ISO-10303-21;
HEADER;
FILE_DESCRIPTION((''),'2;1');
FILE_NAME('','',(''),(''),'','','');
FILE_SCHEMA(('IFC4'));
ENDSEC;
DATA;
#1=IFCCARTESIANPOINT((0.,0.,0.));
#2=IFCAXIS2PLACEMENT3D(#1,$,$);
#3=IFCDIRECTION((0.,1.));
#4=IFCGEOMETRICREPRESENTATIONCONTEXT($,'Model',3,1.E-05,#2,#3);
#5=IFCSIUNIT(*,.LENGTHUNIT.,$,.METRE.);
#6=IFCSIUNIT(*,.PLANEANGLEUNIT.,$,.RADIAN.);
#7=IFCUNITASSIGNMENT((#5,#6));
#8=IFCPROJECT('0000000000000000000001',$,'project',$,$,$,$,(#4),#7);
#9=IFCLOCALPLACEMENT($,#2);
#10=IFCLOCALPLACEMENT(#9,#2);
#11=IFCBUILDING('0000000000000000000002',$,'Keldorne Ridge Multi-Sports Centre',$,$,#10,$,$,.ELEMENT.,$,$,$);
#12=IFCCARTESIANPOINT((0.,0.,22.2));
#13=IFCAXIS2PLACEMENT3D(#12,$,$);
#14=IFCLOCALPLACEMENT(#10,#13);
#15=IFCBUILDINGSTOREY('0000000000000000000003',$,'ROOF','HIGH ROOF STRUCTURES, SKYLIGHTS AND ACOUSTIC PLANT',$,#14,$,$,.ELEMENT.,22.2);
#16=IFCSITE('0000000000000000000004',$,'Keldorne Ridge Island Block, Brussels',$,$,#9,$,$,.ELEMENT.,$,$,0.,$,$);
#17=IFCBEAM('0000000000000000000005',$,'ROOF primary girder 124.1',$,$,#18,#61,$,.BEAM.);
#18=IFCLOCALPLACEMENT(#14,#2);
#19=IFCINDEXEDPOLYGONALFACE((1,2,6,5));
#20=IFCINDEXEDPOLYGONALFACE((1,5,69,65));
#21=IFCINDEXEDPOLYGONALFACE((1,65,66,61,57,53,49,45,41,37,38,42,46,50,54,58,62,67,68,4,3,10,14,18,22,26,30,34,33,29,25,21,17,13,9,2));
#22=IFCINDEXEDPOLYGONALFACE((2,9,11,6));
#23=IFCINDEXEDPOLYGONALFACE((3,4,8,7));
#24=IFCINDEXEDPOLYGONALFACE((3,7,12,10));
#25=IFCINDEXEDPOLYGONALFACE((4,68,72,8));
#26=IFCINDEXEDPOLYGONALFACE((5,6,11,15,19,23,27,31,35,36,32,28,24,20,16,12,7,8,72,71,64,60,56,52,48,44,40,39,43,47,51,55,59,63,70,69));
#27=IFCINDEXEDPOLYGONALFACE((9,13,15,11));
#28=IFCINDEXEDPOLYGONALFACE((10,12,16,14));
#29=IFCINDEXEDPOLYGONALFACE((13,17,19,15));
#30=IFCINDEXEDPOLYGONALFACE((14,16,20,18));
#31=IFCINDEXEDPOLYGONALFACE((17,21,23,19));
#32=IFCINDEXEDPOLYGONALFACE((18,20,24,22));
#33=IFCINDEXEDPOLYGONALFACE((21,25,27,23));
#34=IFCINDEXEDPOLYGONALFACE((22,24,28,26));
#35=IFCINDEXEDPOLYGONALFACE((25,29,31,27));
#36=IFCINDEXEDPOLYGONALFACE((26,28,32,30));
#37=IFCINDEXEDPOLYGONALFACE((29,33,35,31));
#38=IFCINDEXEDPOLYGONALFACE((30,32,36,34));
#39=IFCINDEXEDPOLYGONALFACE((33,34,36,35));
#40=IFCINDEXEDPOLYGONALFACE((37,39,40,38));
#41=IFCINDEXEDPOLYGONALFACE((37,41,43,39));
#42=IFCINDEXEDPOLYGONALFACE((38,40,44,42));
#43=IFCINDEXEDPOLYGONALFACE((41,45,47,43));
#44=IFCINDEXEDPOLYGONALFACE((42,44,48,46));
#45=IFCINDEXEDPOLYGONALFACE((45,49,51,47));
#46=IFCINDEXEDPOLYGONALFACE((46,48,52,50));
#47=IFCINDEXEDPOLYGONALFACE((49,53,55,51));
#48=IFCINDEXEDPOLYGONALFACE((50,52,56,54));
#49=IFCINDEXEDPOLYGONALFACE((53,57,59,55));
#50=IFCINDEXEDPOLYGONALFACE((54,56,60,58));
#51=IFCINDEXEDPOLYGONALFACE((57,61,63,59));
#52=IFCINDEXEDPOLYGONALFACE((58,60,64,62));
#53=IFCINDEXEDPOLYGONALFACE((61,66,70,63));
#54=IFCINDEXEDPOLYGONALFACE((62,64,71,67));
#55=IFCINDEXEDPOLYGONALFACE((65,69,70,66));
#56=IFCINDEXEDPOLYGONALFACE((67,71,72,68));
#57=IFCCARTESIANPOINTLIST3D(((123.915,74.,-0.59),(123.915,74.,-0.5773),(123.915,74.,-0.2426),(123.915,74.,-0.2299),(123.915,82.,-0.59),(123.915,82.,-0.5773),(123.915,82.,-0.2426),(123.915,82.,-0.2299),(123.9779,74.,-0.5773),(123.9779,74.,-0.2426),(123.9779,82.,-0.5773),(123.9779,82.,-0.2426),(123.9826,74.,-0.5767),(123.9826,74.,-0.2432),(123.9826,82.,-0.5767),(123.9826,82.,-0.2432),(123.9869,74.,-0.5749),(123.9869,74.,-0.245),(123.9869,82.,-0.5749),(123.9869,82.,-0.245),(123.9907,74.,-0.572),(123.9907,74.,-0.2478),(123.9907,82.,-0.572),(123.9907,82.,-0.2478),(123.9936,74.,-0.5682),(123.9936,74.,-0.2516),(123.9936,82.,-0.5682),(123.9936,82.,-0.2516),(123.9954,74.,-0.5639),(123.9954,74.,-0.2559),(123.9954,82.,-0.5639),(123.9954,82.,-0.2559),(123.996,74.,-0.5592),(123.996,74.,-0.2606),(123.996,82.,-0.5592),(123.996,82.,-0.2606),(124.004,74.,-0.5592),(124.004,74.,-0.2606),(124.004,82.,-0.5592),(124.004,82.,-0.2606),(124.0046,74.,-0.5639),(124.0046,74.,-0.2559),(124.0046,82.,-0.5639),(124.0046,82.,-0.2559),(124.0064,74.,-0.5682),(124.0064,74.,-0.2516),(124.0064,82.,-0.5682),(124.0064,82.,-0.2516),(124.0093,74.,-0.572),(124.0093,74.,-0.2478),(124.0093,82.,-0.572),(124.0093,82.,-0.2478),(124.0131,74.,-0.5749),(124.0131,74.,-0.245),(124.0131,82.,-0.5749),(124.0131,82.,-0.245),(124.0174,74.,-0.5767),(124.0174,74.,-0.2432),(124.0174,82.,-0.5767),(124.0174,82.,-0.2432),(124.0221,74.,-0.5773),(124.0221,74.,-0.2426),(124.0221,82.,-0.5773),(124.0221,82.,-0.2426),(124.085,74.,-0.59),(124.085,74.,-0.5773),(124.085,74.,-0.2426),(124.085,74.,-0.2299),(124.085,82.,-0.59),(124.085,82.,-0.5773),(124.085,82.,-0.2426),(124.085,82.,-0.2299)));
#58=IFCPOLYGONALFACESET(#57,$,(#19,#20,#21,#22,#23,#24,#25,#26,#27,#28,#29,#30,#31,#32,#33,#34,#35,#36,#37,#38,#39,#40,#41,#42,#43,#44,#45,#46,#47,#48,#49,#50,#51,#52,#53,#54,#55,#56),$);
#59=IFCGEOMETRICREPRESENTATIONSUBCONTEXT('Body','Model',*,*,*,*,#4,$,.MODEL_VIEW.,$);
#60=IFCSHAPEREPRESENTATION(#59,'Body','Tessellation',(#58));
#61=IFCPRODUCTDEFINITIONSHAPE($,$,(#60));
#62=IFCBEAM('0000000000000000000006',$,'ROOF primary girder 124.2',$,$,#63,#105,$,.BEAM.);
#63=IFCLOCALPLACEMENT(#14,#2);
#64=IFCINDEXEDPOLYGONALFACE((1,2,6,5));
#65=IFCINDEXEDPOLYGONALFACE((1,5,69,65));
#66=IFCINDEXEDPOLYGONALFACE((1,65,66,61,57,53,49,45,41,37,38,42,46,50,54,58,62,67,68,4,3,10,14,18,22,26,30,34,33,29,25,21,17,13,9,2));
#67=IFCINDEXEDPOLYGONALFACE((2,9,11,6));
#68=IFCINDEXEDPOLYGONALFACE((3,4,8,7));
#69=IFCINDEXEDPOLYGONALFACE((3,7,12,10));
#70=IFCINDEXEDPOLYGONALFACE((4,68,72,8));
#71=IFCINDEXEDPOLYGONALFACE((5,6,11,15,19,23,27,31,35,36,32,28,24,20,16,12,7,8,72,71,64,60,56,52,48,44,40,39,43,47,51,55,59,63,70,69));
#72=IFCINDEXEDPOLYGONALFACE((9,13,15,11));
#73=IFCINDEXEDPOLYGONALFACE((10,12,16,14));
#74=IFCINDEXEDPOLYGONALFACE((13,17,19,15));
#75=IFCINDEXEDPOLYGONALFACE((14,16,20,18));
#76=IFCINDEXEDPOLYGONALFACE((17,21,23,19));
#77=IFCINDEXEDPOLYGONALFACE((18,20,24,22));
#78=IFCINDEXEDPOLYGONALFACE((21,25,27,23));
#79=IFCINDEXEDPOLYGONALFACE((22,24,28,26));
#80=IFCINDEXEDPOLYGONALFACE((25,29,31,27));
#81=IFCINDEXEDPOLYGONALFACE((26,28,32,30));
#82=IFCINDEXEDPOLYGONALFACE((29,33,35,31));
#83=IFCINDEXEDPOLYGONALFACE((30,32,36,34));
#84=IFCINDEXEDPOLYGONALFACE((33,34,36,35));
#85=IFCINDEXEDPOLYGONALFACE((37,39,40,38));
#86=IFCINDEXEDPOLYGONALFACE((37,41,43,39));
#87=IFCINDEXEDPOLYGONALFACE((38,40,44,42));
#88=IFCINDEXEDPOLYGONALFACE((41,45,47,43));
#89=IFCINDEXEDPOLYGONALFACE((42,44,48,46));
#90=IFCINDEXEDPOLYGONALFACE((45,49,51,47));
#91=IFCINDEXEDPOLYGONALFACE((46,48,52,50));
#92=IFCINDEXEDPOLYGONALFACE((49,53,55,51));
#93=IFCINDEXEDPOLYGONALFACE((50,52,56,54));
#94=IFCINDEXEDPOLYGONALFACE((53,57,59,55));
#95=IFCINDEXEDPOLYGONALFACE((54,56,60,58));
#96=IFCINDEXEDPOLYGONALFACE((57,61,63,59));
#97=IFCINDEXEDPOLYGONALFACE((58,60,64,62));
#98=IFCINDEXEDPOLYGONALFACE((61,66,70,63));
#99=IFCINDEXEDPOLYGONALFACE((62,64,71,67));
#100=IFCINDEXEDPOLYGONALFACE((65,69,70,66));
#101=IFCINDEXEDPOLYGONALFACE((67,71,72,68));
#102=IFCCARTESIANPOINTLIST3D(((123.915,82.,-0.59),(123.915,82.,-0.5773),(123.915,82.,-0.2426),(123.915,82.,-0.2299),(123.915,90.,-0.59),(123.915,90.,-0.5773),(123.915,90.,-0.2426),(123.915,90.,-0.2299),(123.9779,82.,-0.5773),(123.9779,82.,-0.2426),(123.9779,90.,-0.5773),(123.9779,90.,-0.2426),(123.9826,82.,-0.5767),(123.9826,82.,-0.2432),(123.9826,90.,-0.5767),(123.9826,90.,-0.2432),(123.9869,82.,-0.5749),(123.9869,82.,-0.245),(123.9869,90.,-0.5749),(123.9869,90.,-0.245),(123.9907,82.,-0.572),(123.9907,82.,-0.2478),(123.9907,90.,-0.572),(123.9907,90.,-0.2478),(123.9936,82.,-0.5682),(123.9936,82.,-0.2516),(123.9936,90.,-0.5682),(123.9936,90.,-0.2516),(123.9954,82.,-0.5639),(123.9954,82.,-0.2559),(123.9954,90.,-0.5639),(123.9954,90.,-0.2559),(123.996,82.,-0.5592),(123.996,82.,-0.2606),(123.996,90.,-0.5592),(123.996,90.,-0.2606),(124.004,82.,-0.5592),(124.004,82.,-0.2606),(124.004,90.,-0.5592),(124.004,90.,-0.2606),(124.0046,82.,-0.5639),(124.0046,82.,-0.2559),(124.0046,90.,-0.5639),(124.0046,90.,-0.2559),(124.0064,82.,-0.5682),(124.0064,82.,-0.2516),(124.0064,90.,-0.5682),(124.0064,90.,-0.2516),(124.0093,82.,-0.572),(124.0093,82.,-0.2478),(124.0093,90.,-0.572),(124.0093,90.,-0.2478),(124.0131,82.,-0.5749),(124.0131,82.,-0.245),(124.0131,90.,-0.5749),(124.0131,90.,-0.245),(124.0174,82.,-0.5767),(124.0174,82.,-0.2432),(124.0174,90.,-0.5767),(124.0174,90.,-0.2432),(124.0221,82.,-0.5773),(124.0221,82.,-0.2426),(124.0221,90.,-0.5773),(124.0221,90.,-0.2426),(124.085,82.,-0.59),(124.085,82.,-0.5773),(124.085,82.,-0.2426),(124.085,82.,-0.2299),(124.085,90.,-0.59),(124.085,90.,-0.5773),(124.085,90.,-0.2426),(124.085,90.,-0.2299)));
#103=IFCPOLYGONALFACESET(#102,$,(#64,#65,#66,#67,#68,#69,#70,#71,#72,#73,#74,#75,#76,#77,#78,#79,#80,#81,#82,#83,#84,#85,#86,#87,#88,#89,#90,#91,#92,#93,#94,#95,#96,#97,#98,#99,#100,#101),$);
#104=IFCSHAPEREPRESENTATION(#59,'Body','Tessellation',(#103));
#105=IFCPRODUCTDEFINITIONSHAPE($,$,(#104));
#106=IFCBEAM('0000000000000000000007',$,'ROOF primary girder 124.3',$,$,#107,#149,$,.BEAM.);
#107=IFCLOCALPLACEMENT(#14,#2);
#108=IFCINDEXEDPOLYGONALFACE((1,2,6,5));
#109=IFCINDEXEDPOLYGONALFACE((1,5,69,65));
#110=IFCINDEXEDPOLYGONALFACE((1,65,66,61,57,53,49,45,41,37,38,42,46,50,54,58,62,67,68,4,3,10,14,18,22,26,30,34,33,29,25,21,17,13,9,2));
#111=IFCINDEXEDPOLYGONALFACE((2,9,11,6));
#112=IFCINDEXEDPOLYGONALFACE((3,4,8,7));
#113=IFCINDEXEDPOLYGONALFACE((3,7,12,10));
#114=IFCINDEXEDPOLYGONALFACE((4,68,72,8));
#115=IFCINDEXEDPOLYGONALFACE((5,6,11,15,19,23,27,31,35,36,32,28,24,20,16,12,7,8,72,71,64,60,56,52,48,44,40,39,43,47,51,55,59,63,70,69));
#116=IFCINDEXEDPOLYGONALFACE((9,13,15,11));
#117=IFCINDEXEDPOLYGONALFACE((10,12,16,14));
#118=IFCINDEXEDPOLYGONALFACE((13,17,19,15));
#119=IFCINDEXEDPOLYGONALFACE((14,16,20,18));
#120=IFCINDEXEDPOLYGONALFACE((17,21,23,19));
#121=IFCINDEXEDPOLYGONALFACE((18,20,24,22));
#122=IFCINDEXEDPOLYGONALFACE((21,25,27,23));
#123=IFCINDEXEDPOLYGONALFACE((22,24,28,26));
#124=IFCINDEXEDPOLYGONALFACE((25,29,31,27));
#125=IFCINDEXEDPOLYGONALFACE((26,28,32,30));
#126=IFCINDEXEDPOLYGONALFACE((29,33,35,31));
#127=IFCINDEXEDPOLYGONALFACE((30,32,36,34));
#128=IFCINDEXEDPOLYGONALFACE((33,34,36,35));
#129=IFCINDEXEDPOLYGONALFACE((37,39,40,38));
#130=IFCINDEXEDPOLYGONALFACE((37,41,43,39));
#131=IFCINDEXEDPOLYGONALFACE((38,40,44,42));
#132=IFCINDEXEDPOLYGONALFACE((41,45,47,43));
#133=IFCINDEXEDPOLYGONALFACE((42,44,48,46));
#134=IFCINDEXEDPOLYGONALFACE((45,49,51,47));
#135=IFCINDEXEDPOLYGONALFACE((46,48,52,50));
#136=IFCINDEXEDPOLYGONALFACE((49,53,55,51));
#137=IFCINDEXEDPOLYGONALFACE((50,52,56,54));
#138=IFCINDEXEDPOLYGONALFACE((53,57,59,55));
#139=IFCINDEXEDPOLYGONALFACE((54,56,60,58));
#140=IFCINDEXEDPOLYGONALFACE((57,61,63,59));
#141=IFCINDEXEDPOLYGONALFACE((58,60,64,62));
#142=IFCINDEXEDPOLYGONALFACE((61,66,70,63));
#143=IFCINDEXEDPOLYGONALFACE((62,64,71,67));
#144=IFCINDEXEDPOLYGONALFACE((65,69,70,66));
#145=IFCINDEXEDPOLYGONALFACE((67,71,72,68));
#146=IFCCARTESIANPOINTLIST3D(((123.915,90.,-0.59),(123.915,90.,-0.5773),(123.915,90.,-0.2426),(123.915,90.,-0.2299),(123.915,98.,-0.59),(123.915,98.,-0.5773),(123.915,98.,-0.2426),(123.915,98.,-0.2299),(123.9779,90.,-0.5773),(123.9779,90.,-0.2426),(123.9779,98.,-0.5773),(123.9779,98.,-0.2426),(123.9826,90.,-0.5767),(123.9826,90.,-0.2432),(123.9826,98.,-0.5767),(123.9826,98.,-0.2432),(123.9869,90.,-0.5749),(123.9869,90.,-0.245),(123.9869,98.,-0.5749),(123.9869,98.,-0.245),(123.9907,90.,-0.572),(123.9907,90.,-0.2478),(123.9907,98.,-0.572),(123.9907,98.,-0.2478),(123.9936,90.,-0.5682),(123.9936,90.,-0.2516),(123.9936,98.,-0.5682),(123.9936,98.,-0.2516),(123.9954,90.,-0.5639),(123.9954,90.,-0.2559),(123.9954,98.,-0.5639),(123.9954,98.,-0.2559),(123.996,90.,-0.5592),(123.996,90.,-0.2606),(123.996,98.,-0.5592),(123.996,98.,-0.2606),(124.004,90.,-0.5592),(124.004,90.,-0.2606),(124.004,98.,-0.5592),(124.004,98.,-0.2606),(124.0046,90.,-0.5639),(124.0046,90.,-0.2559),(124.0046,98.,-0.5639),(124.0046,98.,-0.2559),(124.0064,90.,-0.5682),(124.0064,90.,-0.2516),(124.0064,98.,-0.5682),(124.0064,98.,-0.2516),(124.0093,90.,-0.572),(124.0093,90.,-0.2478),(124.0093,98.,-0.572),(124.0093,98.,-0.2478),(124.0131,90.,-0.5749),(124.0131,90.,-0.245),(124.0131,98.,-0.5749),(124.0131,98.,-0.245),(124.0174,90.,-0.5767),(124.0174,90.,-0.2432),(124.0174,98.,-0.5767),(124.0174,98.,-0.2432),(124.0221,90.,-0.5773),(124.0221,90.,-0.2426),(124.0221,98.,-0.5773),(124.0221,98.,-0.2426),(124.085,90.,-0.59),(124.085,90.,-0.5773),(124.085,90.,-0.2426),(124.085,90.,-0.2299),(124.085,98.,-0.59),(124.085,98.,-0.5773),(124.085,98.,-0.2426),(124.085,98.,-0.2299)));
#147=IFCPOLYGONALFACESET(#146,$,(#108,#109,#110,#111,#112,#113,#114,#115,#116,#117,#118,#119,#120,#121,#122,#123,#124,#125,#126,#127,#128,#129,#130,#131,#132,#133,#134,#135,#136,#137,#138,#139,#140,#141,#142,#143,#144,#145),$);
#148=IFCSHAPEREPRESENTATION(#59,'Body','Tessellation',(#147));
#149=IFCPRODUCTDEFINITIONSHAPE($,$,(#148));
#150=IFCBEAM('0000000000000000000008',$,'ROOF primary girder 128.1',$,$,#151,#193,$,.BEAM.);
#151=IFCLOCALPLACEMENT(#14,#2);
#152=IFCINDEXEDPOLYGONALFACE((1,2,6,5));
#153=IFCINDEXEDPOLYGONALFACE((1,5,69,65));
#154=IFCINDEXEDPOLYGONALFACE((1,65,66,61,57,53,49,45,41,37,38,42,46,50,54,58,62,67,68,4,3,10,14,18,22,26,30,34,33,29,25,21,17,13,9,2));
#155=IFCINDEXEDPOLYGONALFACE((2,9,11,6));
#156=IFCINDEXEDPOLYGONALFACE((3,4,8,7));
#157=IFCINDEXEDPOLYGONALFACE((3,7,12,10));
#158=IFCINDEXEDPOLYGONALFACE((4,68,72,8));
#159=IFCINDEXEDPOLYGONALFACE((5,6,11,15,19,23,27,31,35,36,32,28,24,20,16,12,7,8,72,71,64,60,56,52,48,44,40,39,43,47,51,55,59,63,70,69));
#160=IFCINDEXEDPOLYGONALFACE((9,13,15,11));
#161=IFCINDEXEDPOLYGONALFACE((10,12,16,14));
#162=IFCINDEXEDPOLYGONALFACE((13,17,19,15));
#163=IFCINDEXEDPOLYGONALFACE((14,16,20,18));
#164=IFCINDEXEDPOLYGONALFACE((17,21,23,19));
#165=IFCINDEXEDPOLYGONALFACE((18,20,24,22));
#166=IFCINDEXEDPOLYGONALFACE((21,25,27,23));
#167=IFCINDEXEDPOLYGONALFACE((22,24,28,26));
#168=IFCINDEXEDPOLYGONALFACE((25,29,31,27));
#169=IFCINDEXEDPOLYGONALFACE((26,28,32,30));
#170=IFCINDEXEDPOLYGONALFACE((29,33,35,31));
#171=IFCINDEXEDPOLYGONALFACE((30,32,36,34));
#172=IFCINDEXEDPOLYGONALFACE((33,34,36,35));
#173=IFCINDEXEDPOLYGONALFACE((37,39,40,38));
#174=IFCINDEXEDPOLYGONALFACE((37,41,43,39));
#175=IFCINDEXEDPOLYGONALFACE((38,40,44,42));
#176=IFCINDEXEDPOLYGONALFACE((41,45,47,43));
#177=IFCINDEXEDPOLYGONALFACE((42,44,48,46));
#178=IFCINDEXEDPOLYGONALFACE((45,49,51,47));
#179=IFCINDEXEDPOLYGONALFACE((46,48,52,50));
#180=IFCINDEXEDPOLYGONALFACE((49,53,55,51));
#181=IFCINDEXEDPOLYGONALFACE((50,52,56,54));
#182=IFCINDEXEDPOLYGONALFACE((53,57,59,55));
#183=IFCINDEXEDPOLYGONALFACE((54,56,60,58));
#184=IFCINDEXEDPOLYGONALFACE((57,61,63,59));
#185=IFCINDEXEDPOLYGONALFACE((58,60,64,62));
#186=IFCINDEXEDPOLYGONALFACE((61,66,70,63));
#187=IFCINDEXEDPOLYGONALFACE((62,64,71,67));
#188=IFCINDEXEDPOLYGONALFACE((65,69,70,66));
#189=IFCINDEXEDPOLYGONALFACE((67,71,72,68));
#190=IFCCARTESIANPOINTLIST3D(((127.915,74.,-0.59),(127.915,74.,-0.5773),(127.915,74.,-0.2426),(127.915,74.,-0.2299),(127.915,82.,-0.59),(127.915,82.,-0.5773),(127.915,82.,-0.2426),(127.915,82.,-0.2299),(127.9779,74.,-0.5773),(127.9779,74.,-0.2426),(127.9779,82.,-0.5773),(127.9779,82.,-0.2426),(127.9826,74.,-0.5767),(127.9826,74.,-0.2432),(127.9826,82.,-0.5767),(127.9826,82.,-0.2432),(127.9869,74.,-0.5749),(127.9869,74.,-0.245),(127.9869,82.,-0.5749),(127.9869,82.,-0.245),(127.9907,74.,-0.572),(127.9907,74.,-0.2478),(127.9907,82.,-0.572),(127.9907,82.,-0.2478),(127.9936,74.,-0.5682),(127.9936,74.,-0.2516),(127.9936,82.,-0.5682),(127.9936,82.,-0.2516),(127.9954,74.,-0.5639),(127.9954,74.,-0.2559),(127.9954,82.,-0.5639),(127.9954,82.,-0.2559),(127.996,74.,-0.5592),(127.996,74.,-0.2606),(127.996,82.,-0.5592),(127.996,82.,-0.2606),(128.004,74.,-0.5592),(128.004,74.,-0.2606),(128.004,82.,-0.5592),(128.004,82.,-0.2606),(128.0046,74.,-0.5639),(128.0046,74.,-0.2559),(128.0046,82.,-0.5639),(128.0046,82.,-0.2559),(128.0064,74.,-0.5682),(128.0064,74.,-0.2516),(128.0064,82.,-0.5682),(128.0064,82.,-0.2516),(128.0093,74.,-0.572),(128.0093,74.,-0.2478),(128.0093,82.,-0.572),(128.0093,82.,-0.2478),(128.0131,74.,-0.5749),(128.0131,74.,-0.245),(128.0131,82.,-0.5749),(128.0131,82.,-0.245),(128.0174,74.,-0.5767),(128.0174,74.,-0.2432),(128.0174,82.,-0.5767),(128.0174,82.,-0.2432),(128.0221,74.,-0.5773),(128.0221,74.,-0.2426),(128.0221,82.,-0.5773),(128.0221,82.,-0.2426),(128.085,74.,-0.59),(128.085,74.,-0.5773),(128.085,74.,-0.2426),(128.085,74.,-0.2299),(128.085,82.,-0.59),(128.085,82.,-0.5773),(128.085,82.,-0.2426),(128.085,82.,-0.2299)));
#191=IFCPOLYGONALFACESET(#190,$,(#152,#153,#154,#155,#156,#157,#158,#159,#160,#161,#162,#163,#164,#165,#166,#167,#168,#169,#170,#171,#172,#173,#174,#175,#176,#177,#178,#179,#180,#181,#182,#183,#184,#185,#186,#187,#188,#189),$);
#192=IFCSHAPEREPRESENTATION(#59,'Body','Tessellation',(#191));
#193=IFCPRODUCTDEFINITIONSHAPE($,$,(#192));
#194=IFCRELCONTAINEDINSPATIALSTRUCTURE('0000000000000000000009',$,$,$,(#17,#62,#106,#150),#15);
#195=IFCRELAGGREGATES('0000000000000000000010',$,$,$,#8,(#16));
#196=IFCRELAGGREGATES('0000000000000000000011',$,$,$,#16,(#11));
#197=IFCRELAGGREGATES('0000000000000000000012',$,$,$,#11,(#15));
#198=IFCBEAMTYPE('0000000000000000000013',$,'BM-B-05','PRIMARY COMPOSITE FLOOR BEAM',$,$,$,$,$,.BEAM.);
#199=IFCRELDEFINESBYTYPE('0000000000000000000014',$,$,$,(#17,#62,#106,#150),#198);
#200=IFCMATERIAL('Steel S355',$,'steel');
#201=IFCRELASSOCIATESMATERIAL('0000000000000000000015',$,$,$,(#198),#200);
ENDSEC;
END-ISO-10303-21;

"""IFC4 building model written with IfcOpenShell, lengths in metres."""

from ifc_helpers import new_model, si_unit, direction, frame, origin, origin_2d, place, context, subcontext, project, spatial, i_section, extrude, material, material_profile, profile_set, type_object, element, save


model = new_model("IFC4")

# Units and contexts
model_context = context("Model", 3, precision=1e-05, world=origin(), true_north=direction((0.0, 1.0)))
body_context = subcontext(model_context, "Body", "Model", "MODEL_VIEW")
ifc_project = project(units=[si_unit("LENGTHUNIT", "METRE"), si_unit("PLANEANGLEUNIT", "RADIAN")], contexts=[model_context])

# Site, building, storey
site_placement = place(None, origin())
site = spatial("IfcSite", under=ifc_project, at=site_placement, Name="Keldorne Ridge Island Block, Brussels", CompositionType="ELEMENT", RefElevation=0.0)
building_placement = place(site_placement, origin())
building = spatial("IfcBuilding", under=site, at=building_placement, Name="Keldorne Ridge Multi-Sports Centre", CompositionType="ELEMENT")
storey_placement = place(building_placement, frame((0.0, 0.0, 22.2)))
storey = spatial("IfcBuildingStorey", under=building, at=storey_placement, Name="ROOF", Description="HIGH ROOF STRUCTURES, SKYLIGHTS AND ACOUSTIC PLANT", CompositionType="ELEMENT", Elevation=22.2)

# Beams
ifc_material_1 = material(Name="Steel S355", Category="steel")
ifc_material_profile_1 = material_profile(ifc_material_1, i_section(OverallWidth=0.1699, OverallDepth=0.3601, WebThickness=0.0081, FlangeThickness=0.0127, FilletRadius=0.0181, at=origin_2d()), Name="IPE 360")
ifc_profile_set_1 = profile_set([ifc_material_profile_1], Name="Steel S355")
beam_type_1 = type_object("IfcBeamType", Name="BM-B-05", Description="PRIMARY COMPOSITE FLOOR BEAM", PredefinedType="BEAM", material=ifc_profile_set_1)
for number, where, z_axis, x_axis, name in (
    (1, (124.0, 74.0, -0.4099), (0.0, 1.0, 0.0), (-1.0, 0.0, 0.0), "ROOF primary girder 124.1"),
    (2, (124.0, 82.0, -0.4099), (0.0, 1.0, 0.0), (-1.0, 0.0, 0.0), "ROOF primary girder 124.2"),
    (3, (124.0, 90.0, -0.4099), (0.0, 1.0, 0.0), (-1.0, 0.0, 0.0), "ROOF primary girder 124.3"),
    (4, (128.0, 74.0, -0.4099), (0.0, 1.0, 0.0), (-1.0, 0.0, 0.0), "ROOF primary girder 128.1"),
):
    element("IfcBeam", number, at=place(storey_placement, frame(where, z_axis=z_axis, x_axis=x_axis)), inside=storey, type_object=beam_type_1, Name=name, PredefinedType="BEAM", context=body_context, shape_type="SweptSolid", body=[
        extrude(i_section(OverallWidth=0.1699, OverallDepth=0.3601, WebThickness=0.0081, FlangeThickness=0.0127, FilletRadius=0.0181, at=origin_2d()), origin(), (0.0, 0.0, 1.0), 8.0),
    ])

save(model, "model.ifc")
